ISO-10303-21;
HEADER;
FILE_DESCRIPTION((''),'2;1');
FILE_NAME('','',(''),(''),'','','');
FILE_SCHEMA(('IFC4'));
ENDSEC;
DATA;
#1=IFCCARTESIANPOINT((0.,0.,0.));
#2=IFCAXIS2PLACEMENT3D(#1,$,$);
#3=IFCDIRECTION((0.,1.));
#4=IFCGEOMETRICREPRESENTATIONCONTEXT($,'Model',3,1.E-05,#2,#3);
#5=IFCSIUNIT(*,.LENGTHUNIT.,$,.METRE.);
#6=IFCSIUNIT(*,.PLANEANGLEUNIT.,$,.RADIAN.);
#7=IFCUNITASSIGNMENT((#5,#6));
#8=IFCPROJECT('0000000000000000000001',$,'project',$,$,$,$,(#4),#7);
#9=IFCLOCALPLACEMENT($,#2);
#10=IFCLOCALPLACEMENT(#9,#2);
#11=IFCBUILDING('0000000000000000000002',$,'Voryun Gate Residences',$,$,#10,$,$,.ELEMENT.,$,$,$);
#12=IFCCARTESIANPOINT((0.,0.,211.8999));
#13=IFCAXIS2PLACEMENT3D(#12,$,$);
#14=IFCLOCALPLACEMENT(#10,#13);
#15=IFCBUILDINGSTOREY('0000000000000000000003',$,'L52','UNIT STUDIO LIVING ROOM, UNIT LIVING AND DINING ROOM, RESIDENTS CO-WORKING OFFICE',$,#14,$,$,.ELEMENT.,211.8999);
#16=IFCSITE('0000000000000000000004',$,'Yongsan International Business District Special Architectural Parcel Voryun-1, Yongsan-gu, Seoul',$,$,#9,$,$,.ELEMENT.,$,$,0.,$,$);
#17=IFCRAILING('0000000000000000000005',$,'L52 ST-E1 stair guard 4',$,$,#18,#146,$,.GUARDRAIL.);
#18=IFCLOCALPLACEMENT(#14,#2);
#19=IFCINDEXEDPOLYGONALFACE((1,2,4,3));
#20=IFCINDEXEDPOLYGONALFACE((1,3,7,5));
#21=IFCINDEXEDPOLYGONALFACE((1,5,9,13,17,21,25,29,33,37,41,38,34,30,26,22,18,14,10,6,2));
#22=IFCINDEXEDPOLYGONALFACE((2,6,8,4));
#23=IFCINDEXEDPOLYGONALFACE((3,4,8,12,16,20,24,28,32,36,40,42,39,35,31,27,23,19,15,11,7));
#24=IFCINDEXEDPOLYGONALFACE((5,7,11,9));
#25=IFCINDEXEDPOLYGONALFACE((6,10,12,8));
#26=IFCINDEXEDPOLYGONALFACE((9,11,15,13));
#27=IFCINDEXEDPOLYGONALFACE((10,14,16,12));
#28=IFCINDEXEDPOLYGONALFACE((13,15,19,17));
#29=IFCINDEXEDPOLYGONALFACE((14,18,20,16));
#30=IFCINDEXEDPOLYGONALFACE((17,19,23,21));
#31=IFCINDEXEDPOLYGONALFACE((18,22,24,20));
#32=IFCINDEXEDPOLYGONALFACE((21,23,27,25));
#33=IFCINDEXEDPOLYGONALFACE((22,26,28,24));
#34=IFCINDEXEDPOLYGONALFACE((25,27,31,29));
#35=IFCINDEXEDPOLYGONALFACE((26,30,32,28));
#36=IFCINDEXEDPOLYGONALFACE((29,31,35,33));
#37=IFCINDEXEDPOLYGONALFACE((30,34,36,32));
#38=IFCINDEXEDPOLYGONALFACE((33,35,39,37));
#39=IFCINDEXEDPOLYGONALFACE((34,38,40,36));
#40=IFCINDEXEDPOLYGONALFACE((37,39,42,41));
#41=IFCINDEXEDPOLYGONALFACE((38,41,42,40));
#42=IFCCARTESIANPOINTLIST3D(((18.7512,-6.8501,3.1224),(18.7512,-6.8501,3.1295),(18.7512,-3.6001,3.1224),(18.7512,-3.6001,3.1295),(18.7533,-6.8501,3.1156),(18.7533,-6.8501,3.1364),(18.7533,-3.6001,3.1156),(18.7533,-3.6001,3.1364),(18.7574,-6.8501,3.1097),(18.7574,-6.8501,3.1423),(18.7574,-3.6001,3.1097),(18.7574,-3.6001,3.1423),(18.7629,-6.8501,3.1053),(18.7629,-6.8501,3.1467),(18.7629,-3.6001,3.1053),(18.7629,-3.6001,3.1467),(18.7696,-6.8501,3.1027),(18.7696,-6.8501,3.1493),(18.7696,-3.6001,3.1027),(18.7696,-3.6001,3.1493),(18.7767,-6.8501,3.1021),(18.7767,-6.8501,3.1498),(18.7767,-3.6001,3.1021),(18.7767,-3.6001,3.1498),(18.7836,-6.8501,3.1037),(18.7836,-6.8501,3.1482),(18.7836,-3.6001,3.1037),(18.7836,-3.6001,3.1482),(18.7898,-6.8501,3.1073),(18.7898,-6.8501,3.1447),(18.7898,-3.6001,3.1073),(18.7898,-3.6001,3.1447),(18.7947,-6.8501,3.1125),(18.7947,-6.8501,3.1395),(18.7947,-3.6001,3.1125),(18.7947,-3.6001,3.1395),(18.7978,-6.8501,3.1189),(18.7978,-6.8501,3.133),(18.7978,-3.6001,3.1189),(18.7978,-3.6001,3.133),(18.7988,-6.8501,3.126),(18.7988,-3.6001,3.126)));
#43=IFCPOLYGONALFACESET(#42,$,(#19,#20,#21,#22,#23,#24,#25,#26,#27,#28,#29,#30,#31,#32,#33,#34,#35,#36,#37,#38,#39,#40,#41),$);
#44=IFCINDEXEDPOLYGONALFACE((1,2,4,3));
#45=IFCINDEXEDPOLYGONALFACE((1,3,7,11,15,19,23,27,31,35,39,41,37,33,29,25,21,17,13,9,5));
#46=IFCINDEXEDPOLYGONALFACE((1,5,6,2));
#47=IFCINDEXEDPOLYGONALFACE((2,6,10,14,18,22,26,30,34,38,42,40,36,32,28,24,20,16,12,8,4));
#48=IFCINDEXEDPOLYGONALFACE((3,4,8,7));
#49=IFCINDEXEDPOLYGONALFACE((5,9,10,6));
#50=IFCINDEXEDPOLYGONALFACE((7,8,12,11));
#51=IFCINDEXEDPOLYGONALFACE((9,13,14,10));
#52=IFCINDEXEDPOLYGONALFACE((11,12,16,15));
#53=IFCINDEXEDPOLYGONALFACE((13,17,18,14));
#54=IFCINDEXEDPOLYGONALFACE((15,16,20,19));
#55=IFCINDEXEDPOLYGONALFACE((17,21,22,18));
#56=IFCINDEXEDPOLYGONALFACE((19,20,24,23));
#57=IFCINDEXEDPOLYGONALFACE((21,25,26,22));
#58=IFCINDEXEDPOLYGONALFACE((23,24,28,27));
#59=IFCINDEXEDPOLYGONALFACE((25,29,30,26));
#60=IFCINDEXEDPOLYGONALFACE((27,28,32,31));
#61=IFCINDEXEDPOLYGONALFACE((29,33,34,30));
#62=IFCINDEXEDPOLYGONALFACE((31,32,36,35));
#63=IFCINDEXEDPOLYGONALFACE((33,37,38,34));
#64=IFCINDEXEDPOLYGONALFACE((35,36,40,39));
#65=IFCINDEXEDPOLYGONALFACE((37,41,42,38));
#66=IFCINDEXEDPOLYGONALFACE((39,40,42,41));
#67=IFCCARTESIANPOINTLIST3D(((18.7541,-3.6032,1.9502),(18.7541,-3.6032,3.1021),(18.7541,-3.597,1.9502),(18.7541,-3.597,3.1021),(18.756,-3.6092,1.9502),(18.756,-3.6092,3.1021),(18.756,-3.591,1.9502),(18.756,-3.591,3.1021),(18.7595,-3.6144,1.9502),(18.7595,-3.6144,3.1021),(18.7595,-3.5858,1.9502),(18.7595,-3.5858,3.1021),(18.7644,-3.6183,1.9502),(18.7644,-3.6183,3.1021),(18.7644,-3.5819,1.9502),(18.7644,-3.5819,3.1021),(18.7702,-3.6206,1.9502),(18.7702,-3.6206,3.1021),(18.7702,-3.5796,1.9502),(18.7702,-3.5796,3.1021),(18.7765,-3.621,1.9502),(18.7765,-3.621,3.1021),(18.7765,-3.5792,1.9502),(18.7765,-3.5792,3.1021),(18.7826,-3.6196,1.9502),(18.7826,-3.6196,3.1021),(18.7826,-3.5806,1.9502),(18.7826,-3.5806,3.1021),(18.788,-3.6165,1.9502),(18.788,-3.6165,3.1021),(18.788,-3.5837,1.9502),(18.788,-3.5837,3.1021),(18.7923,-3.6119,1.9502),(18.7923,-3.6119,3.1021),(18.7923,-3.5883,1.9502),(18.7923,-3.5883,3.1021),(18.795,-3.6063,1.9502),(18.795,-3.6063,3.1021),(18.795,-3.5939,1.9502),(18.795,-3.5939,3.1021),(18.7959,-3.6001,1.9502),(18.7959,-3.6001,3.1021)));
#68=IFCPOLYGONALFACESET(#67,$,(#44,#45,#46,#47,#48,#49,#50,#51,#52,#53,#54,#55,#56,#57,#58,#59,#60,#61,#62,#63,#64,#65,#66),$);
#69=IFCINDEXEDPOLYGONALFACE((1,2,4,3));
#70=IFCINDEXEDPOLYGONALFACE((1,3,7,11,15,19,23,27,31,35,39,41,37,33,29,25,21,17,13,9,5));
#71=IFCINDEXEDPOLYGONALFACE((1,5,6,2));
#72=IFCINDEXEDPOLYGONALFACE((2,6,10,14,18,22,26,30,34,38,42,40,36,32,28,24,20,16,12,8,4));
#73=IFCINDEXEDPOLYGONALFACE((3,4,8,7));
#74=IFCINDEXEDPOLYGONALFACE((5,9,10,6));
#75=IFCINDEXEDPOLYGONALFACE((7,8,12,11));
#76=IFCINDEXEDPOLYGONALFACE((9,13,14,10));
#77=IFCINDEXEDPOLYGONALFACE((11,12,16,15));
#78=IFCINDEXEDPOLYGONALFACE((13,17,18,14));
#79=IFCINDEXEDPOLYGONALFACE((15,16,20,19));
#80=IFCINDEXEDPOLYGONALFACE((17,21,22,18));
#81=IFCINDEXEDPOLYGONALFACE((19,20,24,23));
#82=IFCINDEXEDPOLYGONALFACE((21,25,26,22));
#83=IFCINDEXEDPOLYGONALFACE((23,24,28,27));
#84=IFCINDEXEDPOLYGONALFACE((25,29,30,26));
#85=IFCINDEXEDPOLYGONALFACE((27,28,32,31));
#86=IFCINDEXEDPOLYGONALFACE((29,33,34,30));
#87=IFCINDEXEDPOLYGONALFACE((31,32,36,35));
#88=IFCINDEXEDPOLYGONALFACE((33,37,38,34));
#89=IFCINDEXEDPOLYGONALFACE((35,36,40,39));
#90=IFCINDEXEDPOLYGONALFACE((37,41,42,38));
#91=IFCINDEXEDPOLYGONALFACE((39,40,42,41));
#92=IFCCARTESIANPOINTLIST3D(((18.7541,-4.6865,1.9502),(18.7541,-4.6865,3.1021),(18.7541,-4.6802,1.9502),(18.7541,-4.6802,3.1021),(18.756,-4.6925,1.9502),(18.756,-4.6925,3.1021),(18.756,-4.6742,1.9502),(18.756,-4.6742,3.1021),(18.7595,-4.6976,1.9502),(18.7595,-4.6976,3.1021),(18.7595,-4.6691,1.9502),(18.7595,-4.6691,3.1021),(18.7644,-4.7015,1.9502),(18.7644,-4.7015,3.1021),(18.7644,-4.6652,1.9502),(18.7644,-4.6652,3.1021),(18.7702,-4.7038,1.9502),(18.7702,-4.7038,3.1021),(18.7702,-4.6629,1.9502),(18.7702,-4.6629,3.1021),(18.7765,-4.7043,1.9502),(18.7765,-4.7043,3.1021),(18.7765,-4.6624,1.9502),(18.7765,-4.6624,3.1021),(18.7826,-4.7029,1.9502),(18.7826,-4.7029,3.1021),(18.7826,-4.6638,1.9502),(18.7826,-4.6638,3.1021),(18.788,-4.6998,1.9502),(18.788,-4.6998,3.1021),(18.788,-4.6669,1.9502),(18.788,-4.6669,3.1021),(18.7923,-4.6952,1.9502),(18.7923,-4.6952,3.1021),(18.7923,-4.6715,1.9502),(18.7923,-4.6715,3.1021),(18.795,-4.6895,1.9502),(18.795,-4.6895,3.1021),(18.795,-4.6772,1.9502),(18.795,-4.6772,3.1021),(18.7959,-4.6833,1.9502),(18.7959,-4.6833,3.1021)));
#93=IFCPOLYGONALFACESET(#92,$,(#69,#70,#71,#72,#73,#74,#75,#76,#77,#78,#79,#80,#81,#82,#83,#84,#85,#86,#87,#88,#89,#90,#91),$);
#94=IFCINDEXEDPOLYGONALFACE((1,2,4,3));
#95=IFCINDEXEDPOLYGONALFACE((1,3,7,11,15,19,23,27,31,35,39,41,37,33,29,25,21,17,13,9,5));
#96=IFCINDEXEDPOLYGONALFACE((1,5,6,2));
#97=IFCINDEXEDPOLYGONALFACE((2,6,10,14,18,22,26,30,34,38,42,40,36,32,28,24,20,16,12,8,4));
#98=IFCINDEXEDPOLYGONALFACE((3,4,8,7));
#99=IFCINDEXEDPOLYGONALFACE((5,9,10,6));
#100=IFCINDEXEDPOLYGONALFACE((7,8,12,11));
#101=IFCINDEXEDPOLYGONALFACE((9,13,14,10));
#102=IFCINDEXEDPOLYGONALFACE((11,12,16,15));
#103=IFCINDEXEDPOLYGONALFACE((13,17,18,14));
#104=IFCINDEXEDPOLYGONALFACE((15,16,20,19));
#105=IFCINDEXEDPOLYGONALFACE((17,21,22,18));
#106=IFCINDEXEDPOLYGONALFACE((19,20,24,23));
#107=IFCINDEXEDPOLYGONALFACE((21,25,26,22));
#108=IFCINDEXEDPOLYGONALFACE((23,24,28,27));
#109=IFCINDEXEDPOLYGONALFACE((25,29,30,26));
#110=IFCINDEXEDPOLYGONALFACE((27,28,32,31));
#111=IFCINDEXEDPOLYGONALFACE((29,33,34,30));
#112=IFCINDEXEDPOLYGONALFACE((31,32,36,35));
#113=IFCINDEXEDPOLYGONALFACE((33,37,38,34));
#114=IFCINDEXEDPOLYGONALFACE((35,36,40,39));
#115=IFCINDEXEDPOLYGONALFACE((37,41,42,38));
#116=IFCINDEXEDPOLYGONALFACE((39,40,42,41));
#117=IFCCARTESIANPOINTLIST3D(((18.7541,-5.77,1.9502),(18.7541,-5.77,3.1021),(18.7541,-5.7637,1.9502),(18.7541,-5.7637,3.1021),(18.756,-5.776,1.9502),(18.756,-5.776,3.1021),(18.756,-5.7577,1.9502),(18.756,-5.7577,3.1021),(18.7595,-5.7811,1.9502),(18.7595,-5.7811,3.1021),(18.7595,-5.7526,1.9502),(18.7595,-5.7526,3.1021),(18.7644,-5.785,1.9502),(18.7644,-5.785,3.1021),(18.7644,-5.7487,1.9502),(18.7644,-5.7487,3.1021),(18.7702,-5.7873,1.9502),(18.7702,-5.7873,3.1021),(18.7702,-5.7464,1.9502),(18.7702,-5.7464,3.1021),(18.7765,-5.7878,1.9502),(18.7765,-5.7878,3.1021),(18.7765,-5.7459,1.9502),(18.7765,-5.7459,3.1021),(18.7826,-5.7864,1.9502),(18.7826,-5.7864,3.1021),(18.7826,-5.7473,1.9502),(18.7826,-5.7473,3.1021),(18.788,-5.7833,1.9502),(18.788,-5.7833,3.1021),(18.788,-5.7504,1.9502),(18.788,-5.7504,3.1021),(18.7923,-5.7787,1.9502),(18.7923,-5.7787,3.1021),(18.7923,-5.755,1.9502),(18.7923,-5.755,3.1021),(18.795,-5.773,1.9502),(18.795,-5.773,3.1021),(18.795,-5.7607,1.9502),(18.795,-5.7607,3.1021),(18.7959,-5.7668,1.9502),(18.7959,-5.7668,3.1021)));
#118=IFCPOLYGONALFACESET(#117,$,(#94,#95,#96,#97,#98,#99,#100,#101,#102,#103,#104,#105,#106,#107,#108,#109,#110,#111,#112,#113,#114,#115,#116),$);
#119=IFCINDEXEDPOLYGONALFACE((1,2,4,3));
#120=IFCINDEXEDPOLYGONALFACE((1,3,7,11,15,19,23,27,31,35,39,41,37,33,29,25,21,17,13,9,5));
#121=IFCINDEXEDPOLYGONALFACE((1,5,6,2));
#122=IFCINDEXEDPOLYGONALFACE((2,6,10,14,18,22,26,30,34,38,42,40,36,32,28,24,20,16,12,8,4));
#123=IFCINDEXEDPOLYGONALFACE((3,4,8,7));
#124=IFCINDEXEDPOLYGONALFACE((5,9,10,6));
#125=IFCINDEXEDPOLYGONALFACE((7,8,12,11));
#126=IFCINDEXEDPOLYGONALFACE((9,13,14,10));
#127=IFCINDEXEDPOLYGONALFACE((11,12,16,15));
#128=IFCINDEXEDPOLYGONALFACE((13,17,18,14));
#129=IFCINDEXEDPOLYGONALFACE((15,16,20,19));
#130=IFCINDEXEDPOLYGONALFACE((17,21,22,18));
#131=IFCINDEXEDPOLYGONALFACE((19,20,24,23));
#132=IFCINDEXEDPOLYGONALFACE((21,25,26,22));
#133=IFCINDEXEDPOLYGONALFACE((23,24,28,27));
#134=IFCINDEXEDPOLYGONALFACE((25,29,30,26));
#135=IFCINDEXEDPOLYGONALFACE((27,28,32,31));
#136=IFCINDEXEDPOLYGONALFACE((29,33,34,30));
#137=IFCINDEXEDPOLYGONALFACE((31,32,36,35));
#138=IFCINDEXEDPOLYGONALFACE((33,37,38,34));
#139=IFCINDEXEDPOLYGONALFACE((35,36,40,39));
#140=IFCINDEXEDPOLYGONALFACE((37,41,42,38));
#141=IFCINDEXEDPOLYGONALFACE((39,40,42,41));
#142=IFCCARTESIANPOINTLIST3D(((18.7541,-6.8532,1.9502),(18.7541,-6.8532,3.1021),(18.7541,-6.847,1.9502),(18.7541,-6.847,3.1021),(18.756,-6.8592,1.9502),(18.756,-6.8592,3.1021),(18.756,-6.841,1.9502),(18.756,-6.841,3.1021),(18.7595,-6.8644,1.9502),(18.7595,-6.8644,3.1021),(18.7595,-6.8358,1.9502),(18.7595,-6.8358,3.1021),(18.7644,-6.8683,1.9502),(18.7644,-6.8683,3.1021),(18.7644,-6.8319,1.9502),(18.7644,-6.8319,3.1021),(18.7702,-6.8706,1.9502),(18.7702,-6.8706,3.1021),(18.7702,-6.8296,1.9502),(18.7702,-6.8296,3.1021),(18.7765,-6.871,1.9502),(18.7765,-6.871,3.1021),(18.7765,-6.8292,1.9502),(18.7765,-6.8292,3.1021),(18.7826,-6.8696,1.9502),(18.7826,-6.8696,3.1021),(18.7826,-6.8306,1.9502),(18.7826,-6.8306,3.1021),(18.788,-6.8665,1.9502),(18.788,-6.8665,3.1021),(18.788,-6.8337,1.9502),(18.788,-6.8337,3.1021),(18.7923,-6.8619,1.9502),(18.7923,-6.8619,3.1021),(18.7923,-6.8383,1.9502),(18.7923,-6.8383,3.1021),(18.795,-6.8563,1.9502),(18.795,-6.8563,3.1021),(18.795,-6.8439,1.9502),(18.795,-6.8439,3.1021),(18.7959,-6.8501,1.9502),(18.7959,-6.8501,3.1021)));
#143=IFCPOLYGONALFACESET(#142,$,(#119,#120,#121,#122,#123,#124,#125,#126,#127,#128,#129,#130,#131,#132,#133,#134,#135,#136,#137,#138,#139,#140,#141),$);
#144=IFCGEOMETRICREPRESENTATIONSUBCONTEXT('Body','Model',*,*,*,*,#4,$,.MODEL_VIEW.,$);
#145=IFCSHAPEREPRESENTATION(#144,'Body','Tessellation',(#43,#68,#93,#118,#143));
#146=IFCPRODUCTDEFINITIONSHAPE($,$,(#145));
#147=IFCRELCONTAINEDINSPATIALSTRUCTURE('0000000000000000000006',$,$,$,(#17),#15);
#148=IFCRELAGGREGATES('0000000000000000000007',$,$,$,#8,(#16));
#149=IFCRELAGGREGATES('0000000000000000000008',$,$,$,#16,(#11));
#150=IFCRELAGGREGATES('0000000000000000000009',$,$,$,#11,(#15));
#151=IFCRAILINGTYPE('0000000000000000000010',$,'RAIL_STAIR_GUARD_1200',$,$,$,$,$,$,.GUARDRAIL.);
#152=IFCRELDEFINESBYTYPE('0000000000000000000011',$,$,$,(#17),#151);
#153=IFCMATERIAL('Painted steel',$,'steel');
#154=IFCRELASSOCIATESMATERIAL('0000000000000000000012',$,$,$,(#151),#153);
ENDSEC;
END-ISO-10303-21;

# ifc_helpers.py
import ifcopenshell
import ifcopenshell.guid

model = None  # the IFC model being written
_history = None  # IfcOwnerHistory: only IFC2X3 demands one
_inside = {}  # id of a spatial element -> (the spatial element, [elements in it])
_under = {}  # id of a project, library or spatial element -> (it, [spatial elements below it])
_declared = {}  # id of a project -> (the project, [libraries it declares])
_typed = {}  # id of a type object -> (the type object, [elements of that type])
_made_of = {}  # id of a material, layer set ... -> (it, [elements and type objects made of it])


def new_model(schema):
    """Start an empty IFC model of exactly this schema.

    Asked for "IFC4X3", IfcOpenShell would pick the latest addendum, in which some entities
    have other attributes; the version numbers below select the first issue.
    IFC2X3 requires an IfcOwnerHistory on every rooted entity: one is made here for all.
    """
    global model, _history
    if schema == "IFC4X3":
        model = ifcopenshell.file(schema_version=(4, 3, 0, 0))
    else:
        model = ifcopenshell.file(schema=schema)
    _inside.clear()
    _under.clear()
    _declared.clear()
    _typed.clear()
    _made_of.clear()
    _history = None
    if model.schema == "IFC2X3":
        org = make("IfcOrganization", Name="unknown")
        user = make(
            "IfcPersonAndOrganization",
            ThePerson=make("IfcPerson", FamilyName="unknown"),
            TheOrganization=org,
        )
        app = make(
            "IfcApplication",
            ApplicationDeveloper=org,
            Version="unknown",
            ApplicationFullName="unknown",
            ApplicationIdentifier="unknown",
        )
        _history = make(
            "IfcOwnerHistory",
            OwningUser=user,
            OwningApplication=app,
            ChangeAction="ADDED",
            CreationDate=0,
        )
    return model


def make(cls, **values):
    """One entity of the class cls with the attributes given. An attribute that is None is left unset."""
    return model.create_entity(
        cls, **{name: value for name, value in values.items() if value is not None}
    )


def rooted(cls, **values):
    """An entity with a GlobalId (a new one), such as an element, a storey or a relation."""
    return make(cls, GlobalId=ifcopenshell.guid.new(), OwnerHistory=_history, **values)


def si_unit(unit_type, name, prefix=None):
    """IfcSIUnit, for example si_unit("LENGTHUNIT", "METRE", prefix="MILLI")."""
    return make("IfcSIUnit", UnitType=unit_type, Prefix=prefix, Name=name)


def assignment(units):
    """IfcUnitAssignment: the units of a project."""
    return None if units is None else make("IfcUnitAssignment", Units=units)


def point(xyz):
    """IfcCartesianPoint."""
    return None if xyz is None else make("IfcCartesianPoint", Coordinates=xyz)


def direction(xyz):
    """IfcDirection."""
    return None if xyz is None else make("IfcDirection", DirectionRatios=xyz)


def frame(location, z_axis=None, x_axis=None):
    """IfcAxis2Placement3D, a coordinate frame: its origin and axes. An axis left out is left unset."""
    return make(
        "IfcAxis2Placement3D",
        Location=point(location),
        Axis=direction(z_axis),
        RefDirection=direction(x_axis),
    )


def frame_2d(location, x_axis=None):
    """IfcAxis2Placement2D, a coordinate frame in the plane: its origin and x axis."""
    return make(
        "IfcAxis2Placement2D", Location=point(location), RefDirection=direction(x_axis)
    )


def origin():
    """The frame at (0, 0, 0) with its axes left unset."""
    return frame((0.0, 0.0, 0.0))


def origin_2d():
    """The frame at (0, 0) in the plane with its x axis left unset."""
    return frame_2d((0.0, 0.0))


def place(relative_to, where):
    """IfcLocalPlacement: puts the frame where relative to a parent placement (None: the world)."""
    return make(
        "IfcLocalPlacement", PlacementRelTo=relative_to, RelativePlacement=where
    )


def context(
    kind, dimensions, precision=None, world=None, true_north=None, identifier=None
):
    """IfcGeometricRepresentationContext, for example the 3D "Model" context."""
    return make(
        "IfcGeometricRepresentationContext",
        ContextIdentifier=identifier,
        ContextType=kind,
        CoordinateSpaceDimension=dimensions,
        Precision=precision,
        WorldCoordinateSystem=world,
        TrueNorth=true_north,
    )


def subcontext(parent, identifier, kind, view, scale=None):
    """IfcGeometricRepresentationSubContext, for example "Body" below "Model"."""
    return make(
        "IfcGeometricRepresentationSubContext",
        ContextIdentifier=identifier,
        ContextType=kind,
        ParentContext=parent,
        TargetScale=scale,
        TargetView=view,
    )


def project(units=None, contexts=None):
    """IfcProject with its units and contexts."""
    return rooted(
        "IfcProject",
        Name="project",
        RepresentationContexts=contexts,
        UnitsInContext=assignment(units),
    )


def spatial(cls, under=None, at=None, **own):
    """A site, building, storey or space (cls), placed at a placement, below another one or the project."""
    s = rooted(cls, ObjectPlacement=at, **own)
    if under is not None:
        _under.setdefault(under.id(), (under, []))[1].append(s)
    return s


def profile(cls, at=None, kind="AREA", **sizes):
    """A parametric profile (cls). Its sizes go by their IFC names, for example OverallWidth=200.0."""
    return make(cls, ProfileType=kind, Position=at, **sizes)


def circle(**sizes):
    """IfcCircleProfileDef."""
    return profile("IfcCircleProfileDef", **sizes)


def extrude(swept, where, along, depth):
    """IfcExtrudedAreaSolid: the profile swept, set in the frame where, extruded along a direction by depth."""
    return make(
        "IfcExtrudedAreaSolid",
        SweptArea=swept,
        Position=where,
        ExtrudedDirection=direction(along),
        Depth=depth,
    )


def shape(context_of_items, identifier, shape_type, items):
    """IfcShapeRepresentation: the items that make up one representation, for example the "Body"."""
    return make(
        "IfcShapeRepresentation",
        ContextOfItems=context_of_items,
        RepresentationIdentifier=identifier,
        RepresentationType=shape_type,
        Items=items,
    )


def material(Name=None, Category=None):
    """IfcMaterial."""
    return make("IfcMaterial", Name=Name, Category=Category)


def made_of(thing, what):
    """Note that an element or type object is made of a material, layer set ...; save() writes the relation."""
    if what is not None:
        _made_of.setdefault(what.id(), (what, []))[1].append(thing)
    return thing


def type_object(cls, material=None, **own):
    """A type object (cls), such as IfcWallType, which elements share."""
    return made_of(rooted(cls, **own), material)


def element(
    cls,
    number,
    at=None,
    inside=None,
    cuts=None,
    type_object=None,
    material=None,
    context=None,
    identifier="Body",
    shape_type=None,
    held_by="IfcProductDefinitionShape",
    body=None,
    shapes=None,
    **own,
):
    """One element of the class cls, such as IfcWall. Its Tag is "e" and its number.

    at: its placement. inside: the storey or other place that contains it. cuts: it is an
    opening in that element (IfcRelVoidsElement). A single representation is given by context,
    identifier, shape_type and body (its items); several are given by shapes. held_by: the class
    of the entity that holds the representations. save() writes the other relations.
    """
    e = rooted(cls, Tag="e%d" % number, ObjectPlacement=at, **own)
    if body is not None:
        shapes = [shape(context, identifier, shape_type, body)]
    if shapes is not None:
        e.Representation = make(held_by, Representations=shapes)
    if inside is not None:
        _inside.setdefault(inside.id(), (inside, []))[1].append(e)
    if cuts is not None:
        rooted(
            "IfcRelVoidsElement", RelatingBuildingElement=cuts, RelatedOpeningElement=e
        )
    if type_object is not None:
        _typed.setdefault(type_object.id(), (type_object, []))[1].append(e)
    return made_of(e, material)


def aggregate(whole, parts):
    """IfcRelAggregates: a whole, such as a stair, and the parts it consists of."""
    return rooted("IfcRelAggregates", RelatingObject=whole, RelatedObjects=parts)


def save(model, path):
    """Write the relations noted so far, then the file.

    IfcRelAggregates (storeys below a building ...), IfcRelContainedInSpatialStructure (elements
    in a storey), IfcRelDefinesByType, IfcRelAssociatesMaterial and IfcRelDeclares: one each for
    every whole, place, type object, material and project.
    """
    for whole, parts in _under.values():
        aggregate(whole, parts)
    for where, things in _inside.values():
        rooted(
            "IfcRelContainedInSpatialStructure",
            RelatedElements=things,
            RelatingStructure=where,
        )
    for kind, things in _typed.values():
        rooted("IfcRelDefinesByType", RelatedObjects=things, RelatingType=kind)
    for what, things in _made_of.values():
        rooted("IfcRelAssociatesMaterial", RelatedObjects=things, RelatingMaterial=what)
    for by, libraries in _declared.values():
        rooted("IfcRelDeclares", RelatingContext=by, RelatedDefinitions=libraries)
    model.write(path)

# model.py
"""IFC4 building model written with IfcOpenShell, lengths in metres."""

from ifc_helpers import new_model, si_unit, direction, frame, origin, origin_2d, place, context, subcontext, project, spatial, circle, extrude, material, type_object, element, save


model = new_model("IFC4")

# Units and contexts
model_context = context("Model", 3, precision=1e-05, world=origin(), true_north=direction((0.0, 1.0)))
body_context = subcontext(model_context, "Body", "Model", "MODEL_VIEW")
ifc_project = project(units=[si_unit("LENGTHUNIT", "METRE"), si_unit("PLANEANGLEUNIT", "RADIAN")], contexts=[model_context])

# Site, building, storey
site_placement = place(None, origin())
site = spatial("IfcSite", under=ifc_project, at=site_placement, Name="Yongsan International Business District Special Architectural Parcel Voryun-1, Yongsan-gu, Seoul", CompositionType="ELEMENT", RefElevation=0.0)
building_placement = place(site_placement, origin())
building = spatial("IfcBuilding", under=site, at=building_placement, Name="Voryun Gate Residences", CompositionType="ELEMENT")
storey_placement = place(building_placement, frame((0.0, 0.0, 211.8999)))
storey = spatial("IfcBuildingStorey", under=building, at=storey_placement, Name="L52", Description="UNIT STUDIO LIVING ROOM, UNIT LIVING AND DINING ROOM, RESIDENTS CO-WORKING OFFICE", CompositionType="ELEMENT", Elevation=211.8999)

# Railing
ifc_material_1 = material(Name="Painted steel", Category="steel")
railing_type_1 = type_object("IfcRailingType", Name="RAIL_STAIR_GUARD_1200", PredefinedType="GUARDRAIL", material=ifc_material_1)
for number, where, name in (
    (1, (18.7749, -3.6001, 1.9502), "L52 ST-E1 stair guard 4"),
):
    element("IfcRailing", number, at=place(storey_placement, frame(where)), inside=storey, type_object=railing_type_1, Name=name, PredefinedType="GUARDRAIL", context=body_context, shape_type="SweptSolid", body=[
        extrude(circle(Radius=0.0239, at=origin_2d()), frame((0.0, 0.0, 1.1758), z_axis=(0.0, -1.0, 0.0), x_axis=(1.0, 0.0, 0.0)), (0.0, 0.0, 1.0), 3.25),
        extrude(circle(Radius=0.021, at=origin_2d()), origin(), (0.0, 0.0, 1.0), 1.1519),
        extrude(circle(Radius=0.021, at=origin_2d()), frame((0.0, -1.0833, 0.0)), (0.0, 0.0, 1.0), 1.1519),
        extrude(circle(Radius=0.021, at=origin_2d()), frame((0.0, -2.1667, 0.0)), (0.0, 0.0, 1.0), 1.1519),
        extrude(circle(Radius=0.021, at=origin_2d()), frame((0.0, -3.25, 0.0)), (0.0, 0.0, 1.0), 1.1519),
    ])

save(model, "model.ifc")
